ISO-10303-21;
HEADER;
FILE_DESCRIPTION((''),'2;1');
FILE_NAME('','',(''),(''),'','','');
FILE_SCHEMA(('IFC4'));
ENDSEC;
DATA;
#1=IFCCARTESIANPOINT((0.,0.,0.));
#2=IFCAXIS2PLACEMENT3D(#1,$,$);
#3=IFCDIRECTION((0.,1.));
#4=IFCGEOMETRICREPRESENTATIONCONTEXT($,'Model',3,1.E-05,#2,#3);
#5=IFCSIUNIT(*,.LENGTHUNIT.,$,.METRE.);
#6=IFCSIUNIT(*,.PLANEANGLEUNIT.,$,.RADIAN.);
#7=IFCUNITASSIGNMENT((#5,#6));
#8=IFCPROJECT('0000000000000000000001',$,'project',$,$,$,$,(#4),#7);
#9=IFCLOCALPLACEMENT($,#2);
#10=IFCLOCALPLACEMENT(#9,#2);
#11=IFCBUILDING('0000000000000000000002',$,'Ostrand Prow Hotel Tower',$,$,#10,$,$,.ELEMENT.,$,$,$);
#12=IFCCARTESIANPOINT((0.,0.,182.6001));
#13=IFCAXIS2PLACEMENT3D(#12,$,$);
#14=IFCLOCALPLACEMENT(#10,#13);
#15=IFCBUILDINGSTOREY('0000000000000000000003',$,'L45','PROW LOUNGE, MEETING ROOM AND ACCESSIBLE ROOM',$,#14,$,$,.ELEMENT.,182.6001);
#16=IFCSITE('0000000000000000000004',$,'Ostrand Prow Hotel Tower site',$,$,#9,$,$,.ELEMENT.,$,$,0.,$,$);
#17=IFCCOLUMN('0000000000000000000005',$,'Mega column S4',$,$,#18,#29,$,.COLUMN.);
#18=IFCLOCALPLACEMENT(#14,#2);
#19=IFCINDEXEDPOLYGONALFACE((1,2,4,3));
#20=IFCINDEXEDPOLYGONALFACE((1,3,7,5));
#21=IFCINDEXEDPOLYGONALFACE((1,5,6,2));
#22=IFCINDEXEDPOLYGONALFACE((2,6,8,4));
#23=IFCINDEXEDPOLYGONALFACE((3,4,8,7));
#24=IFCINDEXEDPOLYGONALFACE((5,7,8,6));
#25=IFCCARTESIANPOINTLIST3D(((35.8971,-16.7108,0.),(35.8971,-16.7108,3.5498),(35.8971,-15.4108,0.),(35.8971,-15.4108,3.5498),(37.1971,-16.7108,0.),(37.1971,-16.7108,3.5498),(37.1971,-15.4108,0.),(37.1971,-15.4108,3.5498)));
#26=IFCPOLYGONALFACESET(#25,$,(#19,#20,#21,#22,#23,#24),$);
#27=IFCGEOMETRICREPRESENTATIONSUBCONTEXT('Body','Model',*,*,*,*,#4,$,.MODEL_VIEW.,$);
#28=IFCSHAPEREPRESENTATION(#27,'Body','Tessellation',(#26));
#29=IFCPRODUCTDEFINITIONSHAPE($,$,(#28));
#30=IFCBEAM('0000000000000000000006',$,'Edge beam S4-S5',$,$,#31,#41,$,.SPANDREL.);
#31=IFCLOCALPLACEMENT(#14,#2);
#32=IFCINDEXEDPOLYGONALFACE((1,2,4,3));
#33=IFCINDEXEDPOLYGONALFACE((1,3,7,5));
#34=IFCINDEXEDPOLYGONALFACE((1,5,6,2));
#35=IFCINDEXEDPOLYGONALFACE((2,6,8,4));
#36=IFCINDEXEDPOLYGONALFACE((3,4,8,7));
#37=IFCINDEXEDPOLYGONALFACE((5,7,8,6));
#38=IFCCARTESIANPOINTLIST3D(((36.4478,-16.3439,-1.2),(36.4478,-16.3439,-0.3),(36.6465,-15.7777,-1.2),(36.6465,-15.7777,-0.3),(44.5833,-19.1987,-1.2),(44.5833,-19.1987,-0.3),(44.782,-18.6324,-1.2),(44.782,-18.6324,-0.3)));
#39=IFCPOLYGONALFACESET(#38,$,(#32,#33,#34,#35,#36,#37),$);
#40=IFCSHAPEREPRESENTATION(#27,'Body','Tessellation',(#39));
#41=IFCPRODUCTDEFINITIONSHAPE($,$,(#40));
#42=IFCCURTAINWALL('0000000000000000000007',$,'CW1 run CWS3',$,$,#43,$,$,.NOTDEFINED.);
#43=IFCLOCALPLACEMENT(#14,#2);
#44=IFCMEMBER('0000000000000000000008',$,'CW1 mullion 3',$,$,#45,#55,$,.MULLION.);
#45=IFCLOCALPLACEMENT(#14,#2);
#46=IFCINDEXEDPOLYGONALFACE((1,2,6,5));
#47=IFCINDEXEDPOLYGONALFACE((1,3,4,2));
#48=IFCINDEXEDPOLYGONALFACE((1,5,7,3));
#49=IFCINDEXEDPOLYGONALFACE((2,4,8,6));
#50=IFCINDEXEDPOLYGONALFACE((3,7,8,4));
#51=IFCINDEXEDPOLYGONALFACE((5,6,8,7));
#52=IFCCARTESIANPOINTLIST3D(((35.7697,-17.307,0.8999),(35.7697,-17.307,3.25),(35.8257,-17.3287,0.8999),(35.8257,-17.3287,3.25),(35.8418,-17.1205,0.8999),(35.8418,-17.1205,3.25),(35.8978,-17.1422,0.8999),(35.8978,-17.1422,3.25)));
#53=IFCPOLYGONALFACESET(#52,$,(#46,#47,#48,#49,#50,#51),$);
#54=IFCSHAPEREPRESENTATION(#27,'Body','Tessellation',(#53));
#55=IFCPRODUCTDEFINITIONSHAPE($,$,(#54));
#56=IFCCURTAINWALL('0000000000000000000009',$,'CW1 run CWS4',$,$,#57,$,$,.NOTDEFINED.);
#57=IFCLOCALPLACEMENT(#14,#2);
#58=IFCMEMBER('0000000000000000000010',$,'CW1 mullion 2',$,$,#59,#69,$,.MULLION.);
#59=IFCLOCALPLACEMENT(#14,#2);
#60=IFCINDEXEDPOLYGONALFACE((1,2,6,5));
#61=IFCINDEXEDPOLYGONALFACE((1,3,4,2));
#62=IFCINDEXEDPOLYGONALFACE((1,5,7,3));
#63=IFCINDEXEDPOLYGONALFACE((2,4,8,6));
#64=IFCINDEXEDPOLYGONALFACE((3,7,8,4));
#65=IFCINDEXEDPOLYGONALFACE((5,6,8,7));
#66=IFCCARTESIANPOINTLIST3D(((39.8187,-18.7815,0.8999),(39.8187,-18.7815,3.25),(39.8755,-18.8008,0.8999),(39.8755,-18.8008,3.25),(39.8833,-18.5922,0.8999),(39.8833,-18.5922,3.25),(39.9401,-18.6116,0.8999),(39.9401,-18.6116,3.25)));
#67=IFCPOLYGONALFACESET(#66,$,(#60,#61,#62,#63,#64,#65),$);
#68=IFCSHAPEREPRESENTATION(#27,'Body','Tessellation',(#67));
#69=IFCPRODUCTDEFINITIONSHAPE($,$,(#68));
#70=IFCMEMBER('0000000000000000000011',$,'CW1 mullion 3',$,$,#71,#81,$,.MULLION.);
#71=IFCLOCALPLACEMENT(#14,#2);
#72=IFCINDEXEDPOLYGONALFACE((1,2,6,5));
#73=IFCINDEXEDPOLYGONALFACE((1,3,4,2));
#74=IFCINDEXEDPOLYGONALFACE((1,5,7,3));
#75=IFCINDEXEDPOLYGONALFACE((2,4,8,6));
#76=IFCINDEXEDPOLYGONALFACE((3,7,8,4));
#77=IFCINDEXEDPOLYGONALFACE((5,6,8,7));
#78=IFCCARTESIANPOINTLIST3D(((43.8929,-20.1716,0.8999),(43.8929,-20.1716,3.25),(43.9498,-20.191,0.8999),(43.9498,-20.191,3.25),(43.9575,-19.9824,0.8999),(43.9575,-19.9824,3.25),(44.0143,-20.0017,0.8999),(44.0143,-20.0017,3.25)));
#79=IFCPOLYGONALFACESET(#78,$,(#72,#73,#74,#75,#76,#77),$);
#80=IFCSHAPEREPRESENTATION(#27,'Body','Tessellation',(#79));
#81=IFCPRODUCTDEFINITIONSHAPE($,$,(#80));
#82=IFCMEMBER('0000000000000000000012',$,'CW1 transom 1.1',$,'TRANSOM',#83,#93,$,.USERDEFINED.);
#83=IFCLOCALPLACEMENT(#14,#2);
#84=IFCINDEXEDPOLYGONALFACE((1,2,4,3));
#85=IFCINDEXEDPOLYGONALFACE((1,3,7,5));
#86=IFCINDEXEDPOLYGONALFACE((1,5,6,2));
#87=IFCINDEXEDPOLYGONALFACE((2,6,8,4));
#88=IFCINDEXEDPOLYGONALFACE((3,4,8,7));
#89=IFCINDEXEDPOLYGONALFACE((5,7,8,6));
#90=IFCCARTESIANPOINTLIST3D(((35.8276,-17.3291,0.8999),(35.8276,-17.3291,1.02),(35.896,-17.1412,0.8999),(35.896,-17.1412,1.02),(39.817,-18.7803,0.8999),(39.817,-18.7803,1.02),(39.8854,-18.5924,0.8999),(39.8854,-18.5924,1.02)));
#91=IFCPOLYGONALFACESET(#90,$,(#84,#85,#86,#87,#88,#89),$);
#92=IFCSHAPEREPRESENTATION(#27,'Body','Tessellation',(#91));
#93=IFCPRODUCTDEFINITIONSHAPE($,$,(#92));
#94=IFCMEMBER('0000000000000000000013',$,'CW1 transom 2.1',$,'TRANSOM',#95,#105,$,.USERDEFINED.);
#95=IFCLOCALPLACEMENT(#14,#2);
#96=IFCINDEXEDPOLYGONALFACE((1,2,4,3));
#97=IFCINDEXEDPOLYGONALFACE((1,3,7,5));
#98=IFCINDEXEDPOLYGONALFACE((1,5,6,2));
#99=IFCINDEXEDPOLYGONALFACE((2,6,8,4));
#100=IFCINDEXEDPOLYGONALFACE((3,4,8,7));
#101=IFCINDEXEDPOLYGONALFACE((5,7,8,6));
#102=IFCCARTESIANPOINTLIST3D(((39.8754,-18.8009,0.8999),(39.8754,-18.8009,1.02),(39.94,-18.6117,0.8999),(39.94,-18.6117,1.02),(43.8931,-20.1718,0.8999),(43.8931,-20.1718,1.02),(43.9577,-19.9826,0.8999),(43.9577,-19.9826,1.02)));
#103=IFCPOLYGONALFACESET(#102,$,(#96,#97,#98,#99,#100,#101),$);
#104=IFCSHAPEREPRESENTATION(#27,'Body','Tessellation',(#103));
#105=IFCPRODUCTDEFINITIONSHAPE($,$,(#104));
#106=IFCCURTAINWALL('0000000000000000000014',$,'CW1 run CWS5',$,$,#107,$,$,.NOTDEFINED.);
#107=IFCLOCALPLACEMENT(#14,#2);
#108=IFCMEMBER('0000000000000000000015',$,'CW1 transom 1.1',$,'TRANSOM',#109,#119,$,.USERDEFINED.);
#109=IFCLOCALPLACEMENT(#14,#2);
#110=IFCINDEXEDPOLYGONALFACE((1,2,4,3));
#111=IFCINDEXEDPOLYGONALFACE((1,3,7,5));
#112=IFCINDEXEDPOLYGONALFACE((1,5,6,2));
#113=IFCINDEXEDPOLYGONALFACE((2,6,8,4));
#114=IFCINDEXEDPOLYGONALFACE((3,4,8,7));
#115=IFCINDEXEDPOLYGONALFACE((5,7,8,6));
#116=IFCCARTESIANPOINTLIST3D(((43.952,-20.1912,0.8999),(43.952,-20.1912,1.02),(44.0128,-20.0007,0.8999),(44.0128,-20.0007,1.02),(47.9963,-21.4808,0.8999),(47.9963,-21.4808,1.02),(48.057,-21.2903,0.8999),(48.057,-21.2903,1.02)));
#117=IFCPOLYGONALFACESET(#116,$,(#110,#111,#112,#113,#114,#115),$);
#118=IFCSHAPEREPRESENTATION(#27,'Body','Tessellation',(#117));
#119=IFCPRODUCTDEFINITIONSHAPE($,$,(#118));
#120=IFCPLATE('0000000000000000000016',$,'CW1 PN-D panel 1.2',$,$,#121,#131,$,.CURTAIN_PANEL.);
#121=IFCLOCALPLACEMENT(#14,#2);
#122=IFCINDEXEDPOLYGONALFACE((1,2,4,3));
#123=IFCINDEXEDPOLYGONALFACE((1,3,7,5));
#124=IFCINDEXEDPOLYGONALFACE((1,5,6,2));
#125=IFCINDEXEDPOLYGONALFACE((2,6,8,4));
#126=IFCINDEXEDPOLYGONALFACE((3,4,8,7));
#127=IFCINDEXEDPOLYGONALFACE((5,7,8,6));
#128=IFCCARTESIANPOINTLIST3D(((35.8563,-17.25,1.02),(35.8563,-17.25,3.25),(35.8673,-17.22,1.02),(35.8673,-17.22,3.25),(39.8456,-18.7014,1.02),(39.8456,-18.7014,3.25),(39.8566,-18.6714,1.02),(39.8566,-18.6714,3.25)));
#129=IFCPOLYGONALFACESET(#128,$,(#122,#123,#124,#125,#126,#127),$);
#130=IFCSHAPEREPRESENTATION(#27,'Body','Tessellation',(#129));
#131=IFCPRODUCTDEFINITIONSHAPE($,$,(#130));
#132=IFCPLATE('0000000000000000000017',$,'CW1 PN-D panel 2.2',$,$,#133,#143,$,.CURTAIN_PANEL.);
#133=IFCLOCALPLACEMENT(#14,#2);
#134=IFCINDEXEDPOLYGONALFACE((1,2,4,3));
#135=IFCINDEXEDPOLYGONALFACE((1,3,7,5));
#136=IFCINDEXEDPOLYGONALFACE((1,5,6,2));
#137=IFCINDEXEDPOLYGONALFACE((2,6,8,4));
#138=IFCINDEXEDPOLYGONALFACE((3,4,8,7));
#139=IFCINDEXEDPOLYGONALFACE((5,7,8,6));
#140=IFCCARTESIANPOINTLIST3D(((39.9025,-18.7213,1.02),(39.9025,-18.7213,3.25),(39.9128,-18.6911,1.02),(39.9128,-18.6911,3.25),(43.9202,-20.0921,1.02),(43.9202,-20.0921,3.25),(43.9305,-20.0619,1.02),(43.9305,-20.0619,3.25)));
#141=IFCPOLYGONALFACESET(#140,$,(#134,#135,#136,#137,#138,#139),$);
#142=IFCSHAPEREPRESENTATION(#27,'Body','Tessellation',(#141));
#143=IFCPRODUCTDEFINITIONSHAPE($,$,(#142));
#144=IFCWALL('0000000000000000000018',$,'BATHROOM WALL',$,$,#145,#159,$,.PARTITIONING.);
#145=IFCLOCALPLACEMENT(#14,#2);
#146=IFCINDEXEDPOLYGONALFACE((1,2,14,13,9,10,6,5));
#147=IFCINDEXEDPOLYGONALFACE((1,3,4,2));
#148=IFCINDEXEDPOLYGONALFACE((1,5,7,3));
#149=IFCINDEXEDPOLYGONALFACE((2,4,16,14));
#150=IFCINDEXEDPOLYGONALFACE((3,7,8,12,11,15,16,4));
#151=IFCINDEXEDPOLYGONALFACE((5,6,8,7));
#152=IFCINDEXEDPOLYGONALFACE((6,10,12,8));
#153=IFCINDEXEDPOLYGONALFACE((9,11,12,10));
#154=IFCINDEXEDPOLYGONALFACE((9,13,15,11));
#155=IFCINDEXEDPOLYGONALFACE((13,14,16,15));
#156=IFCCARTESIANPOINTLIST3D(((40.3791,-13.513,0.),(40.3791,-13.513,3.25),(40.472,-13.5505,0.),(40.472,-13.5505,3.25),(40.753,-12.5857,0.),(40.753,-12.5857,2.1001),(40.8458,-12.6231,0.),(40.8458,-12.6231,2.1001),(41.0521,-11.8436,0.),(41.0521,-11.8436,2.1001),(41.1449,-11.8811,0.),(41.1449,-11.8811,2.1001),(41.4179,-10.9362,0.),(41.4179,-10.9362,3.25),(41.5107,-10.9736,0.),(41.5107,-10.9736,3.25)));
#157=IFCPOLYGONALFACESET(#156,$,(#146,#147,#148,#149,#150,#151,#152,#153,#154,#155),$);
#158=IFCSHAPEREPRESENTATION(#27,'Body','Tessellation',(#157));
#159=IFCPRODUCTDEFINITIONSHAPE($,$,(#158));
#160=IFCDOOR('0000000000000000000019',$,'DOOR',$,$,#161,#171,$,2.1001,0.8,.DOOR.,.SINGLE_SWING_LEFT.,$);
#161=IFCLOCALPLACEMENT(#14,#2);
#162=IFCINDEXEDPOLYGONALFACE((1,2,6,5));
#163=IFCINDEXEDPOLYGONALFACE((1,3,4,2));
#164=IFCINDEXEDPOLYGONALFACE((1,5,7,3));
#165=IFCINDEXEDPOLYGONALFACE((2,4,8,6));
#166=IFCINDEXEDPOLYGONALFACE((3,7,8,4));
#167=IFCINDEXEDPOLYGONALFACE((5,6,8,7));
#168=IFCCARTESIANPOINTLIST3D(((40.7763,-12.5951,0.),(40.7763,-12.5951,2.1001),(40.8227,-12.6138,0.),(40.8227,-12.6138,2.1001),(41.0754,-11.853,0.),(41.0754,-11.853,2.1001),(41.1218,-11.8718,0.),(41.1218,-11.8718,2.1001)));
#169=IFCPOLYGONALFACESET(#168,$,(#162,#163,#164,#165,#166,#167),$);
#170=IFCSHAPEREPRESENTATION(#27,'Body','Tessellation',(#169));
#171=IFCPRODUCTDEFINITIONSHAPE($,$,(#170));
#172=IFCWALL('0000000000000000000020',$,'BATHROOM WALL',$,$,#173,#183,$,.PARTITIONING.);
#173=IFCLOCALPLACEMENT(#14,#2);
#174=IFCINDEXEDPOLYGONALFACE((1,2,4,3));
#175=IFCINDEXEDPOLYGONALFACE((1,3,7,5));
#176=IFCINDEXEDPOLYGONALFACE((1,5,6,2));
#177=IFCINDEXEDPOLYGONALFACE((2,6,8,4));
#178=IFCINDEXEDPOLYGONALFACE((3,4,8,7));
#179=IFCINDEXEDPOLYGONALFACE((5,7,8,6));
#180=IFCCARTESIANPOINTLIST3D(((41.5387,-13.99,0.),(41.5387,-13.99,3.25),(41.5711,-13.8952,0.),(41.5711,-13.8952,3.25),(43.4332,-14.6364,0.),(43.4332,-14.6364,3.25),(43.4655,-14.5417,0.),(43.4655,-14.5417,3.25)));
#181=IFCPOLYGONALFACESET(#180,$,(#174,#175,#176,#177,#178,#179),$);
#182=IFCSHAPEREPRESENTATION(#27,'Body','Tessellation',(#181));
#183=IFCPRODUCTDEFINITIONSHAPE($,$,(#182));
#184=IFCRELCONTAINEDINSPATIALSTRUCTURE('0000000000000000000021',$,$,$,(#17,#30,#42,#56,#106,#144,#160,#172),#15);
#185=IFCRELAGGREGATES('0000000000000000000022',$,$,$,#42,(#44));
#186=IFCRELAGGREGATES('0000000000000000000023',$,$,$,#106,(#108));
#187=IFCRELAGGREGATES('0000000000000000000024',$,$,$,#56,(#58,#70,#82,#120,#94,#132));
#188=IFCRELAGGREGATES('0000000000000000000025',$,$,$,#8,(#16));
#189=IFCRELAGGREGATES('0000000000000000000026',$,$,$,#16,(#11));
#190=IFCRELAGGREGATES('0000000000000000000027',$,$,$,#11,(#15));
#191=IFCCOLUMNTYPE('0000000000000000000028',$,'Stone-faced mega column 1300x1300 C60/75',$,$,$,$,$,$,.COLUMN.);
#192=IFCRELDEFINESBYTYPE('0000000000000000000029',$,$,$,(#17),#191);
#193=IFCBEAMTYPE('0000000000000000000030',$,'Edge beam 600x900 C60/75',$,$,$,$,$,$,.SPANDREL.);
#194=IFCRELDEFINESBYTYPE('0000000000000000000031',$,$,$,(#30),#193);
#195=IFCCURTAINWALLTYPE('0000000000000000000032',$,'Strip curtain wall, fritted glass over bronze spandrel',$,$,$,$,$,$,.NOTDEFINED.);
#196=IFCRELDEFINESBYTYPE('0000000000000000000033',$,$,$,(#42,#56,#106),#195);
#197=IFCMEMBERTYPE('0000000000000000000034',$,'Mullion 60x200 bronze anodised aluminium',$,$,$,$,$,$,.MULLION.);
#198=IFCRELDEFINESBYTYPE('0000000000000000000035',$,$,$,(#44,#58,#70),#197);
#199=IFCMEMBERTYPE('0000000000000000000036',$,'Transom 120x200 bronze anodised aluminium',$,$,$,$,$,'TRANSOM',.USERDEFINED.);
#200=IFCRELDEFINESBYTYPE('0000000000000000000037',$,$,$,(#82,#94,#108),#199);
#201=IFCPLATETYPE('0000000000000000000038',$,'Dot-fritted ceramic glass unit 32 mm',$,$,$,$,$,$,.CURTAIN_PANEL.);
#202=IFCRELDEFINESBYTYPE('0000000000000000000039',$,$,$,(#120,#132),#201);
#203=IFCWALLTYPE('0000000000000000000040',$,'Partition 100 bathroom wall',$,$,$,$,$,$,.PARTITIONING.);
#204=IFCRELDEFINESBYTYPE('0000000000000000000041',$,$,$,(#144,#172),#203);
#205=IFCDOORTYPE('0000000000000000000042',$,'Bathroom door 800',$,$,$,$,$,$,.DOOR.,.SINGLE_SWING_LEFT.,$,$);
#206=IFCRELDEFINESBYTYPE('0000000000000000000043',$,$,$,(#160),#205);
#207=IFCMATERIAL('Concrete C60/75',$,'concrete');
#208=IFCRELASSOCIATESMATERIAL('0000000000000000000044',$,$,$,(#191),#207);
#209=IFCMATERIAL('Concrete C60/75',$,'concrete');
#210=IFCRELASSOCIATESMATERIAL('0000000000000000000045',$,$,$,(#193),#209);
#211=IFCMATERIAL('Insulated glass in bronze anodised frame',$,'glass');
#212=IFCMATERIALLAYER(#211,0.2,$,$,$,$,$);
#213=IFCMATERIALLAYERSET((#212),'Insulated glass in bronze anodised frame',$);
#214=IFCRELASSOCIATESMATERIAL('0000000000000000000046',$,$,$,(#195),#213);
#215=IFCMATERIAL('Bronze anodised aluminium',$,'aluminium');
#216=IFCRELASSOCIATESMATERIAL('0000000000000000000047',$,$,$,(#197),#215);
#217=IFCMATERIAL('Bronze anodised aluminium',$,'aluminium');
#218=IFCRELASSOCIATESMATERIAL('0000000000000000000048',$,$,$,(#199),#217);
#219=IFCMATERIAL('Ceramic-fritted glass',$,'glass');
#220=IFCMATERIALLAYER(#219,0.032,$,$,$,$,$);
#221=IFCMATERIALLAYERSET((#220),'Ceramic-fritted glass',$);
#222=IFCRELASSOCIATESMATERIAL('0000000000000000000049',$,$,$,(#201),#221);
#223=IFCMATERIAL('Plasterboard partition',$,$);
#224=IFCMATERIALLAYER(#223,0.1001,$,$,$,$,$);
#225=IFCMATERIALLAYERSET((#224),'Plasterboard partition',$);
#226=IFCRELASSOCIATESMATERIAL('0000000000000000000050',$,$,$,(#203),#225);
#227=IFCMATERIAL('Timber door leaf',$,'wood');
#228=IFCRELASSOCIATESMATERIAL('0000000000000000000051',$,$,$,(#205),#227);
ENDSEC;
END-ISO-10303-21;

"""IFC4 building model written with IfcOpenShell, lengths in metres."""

from ifc_helpers import new_model, si_unit, direction, frame, frame_2d, origin, origin_2d, place, context, subcontext, project, spatial, rectangle, extrude, material, layer, layer_set, material_profile, profile_set, type_object, element, fill, aggregate, save


model = new_model("IFC4")

# Units and contexts
model_context = context("Model", 3, precision=1e-05, world=origin(), true_north=direction((0.0, 1.0)))
body_context = subcontext(model_context, "Body", "Model", "MODEL_VIEW")
ifc_project = project(units=[si_unit("LENGTHUNIT", "METRE"), si_unit("PLANEANGLEUNIT", "RADIAN")], contexts=[model_context])

# Site, building, storey
site_placement = place(None, origin())
site = spatial("IfcSite", under=ifc_project, at=site_placement, Name="Ostrand Prow Hotel Tower site", CompositionType="ELEMENT", RefElevation=0.0)
building_placement = place(site_placement, origin())
building = spatial("IfcBuilding", under=site, at=building_placement, Name="Ostrand Prow Hotel Tower", CompositionType="ELEMENT")
storey_placement = place(building_placement, frame((0.0, 0.0, 182.6001)))
storey = spatial("IfcBuildingStorey", under=building, at=storey_placement, Name="L45", Description="PROW LOUNGE, MEETING ROOM AND ACCESSIBLE ROOM", CompositionType="ELEMENT", Elevation=182.6001)

# Column
ifc_material_1 = material(Name="Concrete C60/75", Category="concrete")
ifc_material_profile_1 = material_profile(ifc_material_1, rectangle(XDim=1.3, YDim=1.3, at=origin_2d()), Name="RC 1300x1300")
ifc_profile_set_1 = profile_set([ifc_material_profile_1], Name="Concrete C60/75")
column_type = type_object("IfcColumnType", Name="Stone-faced mega column 1300x1300 C60/75", PredefinedType="COLUMN", material=ifc_profile_set_1)
column_placement = place(storey_placement, frame((36.5471, -16.0608, 0.0), z_axis=(0.0, 0.0, 1.0), x_axis=(1.0, 0.0, 0.0)))
element("IfcColumn", 1, at=column_placement, inside=storey, type_object=column_type, Name="Mega column S4", PredefinedType="COLUMN", context=body_context, shape_type="SweptSolid", body=[
    extrude(rectangle(XDim=1.3, YDim=1.3, at=origin_2d()), origin(), (0.0, 0.0, 1.0), 3.5498),
])

# Beam
ifc_material_2 = material(Name="Concrete C60/75", Category="concrete")
ifc_material_profile_2 = material_profile(ifc_material_2, rectangle(XDim=0.6001, YDim=0.8999, at=origin_2d()), Name="RC 600x900")
ifc_profile_set_2 = profile_set([ifc_material_profile_2], Name="Concrete C60/75")
beam_type = type_object("IfcBeamType", Name="Edge beam 600x900 C60/75", PredefinedType="SPANDREL", material=ifc_profile_set_2)
beam_placement = place(storey_placement, frame((36.5471, -16.0608, -0.75), z_axis=(0.943594, -0.331106, 0.0), x_axis=(0.331106, 0.943594, 0.0)))
element("IfcBeam", 2, at=beam_placement, inside=storey, type_object=beam_type, Name="Edge beam S4-S5", PredefinedType="SPANDREL", context=body_context, shape_type="SweptSolid", body=[
    extrude(rectangle(XDim=0.6001, YDim=0.8999, at=origin_2d()), origin(), (0.0, 0.0, 1.0), 8.6218),
])

# Curtain wall, member
ifc_material_3 = material(Name="Insulated glass in bronze anodised frame", Category="glass")
ifc_layer_1 = layer(ifc_material_3, 0.2)
ifc_layer_set_1 = layer_set([ifc_layer_1], Name="Insulated glass in bronze anodised frame")
curtain_wall_type = type_object("IfcCurtainWallType", Name="Strip curtain wall, fritted glass over bronze spandrel", PredefinedType="NOTDEFINED", material=ifc_layer_set_1)
curtain_wall_1_placement = place(storey_placement, origin())
curtain_wall_1 = element("IfcCurtainWall", 3, at=curtain_wall_1_placement, inside=storey, type_object=curtain_wall_type, Name="CW1 run CWS3", PredefinedType="NOTDEFINED")
ifc_material_4 = material(Name="Bronze anodised aluminium", Category="aluminium")
ifc_material_profile_3 = material_profile(ifc_material_4, rectangle(XDim=0.2, YDim=0.0601, at=origin_2d()), Name="Mullion 60x200 bronze anodised aluminium")
ifc_profile_set_3 = profile_set([ifc_material_profile_3], Name="Bronze anodised aluminium")
member_type_1 = type_object("IfcMemberType", Name="Mullion 60x200 bronze anodised aluminium", PredefinedType="MULLION", material=ifc_profile_set_3)
member_1_placement = place(storey_placement, frame((35.8337, -17.2246, 0.8999), z_axis=(0.0, 0.0, 1.0), x_axis=(0.360749, 0.932663, 0.0)))
member_1 = element("IfcMember", 4, at=member_1_placement, type_object=member_type_1, Name="CW1 mullion 3", PredefinedType="MULLION", context=body_context, shape_type="SweptSolid", body=[
    extrude(rectangle(XDim=0.2, YDim=0.0601, at=origin_2d()), origin(), (0.0, 0.0, 1.0), 2.3501),
])
aggregate(curtain_wall_1, [member_1])

# Curtain wall, members
curtain_wall_2_placement = place(storey_placement, origin())
curtain_wall_2 = element("IfcCurtainWall", 5, at=curtain_wall_2_placement, inside=storey, type_object=curtain_wall_type, Name="CW1 run CWS4", PredefinedType="NOTDEFINED")
member_2_placement = place(storey_placement, frame((39.8794, -18.6965, 0.8999), z_axis=(0.0, 0.0, 1.0), x_axis=(0.322908, 0.94643, 0.0)))
member_2 = element("IfcMember", 6, at=member_2_placement, type_object=member_type_1, Name="CW1 mullion 2", PredefinedType="MULLION", context=body_context, shape_type="SweptSolid", body=[
    extrude(rectangle(XDim=0.2, YDim=0.0601, at=origin_2d()), origin(), (0.0, 0.0, 1.0), 2.3501),
])
member_3_placement = place(storey_placement, frame((43.9536, -20.0867, 0.8999), z_axis=(0.0, 0.0, 1.0), x_axis=(0.322908, 0.94643, 0.0)))
member_3 = element("IfcMember", 7, at=member_3_placement, type_object=member_type_1, Name="CW1 mullion 3", PredefinedType="MULLION", context=body_context, shape_type="SweptSolid", body=[
    extrude(rectangle(XDim=0.2, YDim=0.0601, at=origin_2d()), origin(), (0.0, 0.0, 1.0), 2.3501),
])
ifc_material_5 = material(Name="Bronze anodised aluminium", Category="aluminium")
ifc_material_profile_4 = material_profile(ifc_material_5, rectangle(XDim=0.2, YDim=0.1201, at=origin_2d()), Name="Transom 120x200 bronze anodised aluminium")
ifc_profile_set_4 = profile_set([ifc_material_profile_4], Name="Bronze anodised aluminium")
member_type_2 = type_object("IfcMemberType", Name="Transom 120x200 bronze anodised aluminium", ElementType="TRANSOM", PredefinedType="USERDEFINED", material=ifc_profile_set_4)
member_4_placement = place(storey_placement, frame((35.8618, -17.2351, 0.96), z_axis=(0.939753, -0.341854, 0.0), x_axis=(0.341854, 0.939753, 0.0)))
member_4 = element("IfcMember", 8, at=member_4_placement, type_object=member_type_2, Name="CW1 transom 1.1", ObjectType="TRANSOM", PredefinedType="USERDEFINED", context=body_context, shape_type="SweptSolid", body=[
    extrude(rectangle(XDim=0.2, YDim=0.1201, at=origin_2d()), origin(), (0.0, 0.0, 1.0), 4.2451),
])
member_5_placement = place(storey_placement, frame((39.9077, -18.7063, 0.96), z_axis=(0.946422, -0.322932, 0.0), x_axis=(0.322932, 0.946422, 0.0)))
member_5 = element("IfcMember", 9, at=member_5_placement, type_object=member_type_2, Name="CW1 transom 2.1", ObjectType="TRANSOM", PredefinedType="USERDEFINED", context=body_context, shape_type="SweptSolid", body=[
    extrude(rectangle(XDim=0.2, YDim=0.1201, at=origin_2d()), origin(), (0.0, 0.0, 1.0), 4.2451),
])

# Curtain wall, member
curtain_wall_3_placement = place(storey_placement, origin())
curtain_wall_3 = element("IfcCurtainWall", 10, at=curtain_wall_3_placement, inside=storey, type_object=curtain_wall_type, Name="CW1 run CWS5", PredefinedType="NOTDEFINED")
member_6_placement = place(storey_placement, frame((43.9824, -20.0959, 0.96), z_axis=(0.952738, -0.303795, 0.0), x_axis=(0.303795, 0.952738, 0.0)))
member_6 = element("IfcMember", 11, at=member_6_placement, type_object=member_type_2, Name="CW1 transom 1.1", ObjectType="TRANSOM", PredefinedType="USERDEFINED", context=body_context, shape_type="SweptSolid", body=[
    extrude(rectangle(XDim=0.2, YDim=0.1201, at=origin_2d()), origin(), (0.0, 0.0, 1.0), 4.2449),
])
aggregate(curtain_wall_3, [member_6])

# Plates
ifc_material_6 = material(Name="Ceramic-fritted glass", Category="glass")
ifc_layer_2 = layer(ifc_material_6, 0.032)
ifc_layer_set_2 = layer_set([ifc_layer_2], Name="Ceramic-fritted glass")
plate_type = type_object("IfcPlateType", Name="Dot-fritted ceramic glass unit 32 mm", PredefinedType="CURTAIN_PANEL", material=ifc_layer_set_2)
plate_1_placement = place(storey_placement, frame((37.8564, -17.9607, 1.02), z_axis=(0.0, 0.0, 1.0), x_axis=(0.939737, -0.341897, 0.0)))
plate_1 = element("IfcPlate", 12, at=plate_1_placement, type_object=plate_type, Name="CW1 PN-D panel 1.2", PredefinedType="CURTAIN_PANEL", context=body_context, shape_type="SweptSolid", body=[
    extrude(rectangle(XDim=4.2451, YDim=0.032, at=origin_2d()), origin(), (0.0, 0.0, 1.0), 2.23),
])
plate_2_placement = place(storey_placement, frame((41.9165, -19.3916, 1.02), z_axis=(0.0, 0.0, 1.0), x_axis=(0.94643, -0.322908, 0.0)))
plate_2 = element("IfcPlate", 13, at=plate_2_placement, type_object=plate_type, Name="CW1 PN-D panel 2.2", PredefinedType="CURTAIN_PANEL", context=body_context, shape_type="SweptSolid", body=[
    extrude(rectangle(XDim=4.2451, YDim=0.032, at=origin_2d()), origin(), (0.0, 0.0, 1.0), 2.23),
])
aggregate(curtain_wall_2, [member_2, member_3, member_4, plate_1, member_5, plate_2])

# Wall, opening, door
ifc_material_7 = material(Name="Plasterboard partition")
ifc_layer_3 = layer(ifc_material_7, 0.1001)
ifc_layer_set_3 = layer_set([ifc_layer_3], Name="Plasterboard partition")
wall_type_1 = type_object("IfcWallType", Name="Partition 100 bathroom wall", PredefinedType="PARTITIONING", material=ifc_layer_set_3)
wall_1_placement = place(storey_placement, frame((40.4255, -13.5317, 0.0), z_axis=(0.0, 0.0, 1.0), x_axis=(0.373889, 0.927473, 0.0)))
wall_1 = element("IfcWall", 14, at=wall_1_placement, inside=storey, type_object=wall_type_1, Name="BATHROOM WALL", PredefinedType="PARTITIONING", context=body_context, shape_type="SweptSolid", body=[
    extrude(rectangle(XDim=2.7783, YDim=0.1001, at=frame_2d((1.3892, 0.0))), origin(), (0.0, 0.0, 1.0), 3.25),
])
opening_placement = place(wall_1_placement, frame((1.0, 0.0, 0.0)))
opening = element("IfcOpeningElement", 15, at=opening_placement, cuts=wall_1, PredefinedType="OPENING", context=body_context, shape_type="SweptSolid", body=[
    extrude(rectangle(XDim=0.8, YDim=2.1001, at=frame_2d((0.3999, 1.05))), frame((0.0, 0.0601, 0.0), z_axis=(0.0, -1.0, 0.0), x_axis=(1.0, 0.0, 0.0)), (0.0, 0.0, 1.0), 0.1201),
])
ifc_material_8 = material(Name="Timber door leaf", Category="wood")
door_type = type_object("IfcDoorType", Name="Bathroom door 800", OperationType="SINGLE_SWING_LEFT", PredefinedType="DOOR", material=ifc_material_8)
door_placement = place(opening_placement, origin())
door = element("IfcDoor", 16, at=door_placement, inside=storey, type_object=door_type, Name="DOOR", OperationType="SINGLE_SWING_LEFT", OverallHeight=2.1001, OverallWidth=0.8, PredefinedType="DOOR", context=body_context, shape_type="SweptSolid", body=[
    extrude(rectangle(XDim=0.8, YDim=2.1001, at=frame_2d((0.3999, 1.05))), frame((0.0, 0.0249, 0.0), z_axis=(0.0, -1.0, 0.0), x_axis=(1.0, 0.0, 0.0)), (0.0, 0.0, 1.0), 0.05),
])
fill(opening, door)

# Wall
wall_2_placement = place(storey_placement, frame((43.4495, -14.5891, 0.0), z_axis=(0.0, 0.0, 1.0), x_axis=(-0.946415, 0.322952, 0.0)))
element("IfcWall", 17, at=wall_2_placement, inside=storey, type_object=wall_type_1, Name="BATHROOM WALL", PredefinedType="PARTITIONING", context=body_context, shape_type="SweptSolid", body=[
    extrude(rectangle(XDim=2.0017, YDim=0.1001, at=frame_2d((1.001, 0.0))), origin(), (0.0, 0.0, 1.0), 3.25),
])

save(model, "model.ifc")
